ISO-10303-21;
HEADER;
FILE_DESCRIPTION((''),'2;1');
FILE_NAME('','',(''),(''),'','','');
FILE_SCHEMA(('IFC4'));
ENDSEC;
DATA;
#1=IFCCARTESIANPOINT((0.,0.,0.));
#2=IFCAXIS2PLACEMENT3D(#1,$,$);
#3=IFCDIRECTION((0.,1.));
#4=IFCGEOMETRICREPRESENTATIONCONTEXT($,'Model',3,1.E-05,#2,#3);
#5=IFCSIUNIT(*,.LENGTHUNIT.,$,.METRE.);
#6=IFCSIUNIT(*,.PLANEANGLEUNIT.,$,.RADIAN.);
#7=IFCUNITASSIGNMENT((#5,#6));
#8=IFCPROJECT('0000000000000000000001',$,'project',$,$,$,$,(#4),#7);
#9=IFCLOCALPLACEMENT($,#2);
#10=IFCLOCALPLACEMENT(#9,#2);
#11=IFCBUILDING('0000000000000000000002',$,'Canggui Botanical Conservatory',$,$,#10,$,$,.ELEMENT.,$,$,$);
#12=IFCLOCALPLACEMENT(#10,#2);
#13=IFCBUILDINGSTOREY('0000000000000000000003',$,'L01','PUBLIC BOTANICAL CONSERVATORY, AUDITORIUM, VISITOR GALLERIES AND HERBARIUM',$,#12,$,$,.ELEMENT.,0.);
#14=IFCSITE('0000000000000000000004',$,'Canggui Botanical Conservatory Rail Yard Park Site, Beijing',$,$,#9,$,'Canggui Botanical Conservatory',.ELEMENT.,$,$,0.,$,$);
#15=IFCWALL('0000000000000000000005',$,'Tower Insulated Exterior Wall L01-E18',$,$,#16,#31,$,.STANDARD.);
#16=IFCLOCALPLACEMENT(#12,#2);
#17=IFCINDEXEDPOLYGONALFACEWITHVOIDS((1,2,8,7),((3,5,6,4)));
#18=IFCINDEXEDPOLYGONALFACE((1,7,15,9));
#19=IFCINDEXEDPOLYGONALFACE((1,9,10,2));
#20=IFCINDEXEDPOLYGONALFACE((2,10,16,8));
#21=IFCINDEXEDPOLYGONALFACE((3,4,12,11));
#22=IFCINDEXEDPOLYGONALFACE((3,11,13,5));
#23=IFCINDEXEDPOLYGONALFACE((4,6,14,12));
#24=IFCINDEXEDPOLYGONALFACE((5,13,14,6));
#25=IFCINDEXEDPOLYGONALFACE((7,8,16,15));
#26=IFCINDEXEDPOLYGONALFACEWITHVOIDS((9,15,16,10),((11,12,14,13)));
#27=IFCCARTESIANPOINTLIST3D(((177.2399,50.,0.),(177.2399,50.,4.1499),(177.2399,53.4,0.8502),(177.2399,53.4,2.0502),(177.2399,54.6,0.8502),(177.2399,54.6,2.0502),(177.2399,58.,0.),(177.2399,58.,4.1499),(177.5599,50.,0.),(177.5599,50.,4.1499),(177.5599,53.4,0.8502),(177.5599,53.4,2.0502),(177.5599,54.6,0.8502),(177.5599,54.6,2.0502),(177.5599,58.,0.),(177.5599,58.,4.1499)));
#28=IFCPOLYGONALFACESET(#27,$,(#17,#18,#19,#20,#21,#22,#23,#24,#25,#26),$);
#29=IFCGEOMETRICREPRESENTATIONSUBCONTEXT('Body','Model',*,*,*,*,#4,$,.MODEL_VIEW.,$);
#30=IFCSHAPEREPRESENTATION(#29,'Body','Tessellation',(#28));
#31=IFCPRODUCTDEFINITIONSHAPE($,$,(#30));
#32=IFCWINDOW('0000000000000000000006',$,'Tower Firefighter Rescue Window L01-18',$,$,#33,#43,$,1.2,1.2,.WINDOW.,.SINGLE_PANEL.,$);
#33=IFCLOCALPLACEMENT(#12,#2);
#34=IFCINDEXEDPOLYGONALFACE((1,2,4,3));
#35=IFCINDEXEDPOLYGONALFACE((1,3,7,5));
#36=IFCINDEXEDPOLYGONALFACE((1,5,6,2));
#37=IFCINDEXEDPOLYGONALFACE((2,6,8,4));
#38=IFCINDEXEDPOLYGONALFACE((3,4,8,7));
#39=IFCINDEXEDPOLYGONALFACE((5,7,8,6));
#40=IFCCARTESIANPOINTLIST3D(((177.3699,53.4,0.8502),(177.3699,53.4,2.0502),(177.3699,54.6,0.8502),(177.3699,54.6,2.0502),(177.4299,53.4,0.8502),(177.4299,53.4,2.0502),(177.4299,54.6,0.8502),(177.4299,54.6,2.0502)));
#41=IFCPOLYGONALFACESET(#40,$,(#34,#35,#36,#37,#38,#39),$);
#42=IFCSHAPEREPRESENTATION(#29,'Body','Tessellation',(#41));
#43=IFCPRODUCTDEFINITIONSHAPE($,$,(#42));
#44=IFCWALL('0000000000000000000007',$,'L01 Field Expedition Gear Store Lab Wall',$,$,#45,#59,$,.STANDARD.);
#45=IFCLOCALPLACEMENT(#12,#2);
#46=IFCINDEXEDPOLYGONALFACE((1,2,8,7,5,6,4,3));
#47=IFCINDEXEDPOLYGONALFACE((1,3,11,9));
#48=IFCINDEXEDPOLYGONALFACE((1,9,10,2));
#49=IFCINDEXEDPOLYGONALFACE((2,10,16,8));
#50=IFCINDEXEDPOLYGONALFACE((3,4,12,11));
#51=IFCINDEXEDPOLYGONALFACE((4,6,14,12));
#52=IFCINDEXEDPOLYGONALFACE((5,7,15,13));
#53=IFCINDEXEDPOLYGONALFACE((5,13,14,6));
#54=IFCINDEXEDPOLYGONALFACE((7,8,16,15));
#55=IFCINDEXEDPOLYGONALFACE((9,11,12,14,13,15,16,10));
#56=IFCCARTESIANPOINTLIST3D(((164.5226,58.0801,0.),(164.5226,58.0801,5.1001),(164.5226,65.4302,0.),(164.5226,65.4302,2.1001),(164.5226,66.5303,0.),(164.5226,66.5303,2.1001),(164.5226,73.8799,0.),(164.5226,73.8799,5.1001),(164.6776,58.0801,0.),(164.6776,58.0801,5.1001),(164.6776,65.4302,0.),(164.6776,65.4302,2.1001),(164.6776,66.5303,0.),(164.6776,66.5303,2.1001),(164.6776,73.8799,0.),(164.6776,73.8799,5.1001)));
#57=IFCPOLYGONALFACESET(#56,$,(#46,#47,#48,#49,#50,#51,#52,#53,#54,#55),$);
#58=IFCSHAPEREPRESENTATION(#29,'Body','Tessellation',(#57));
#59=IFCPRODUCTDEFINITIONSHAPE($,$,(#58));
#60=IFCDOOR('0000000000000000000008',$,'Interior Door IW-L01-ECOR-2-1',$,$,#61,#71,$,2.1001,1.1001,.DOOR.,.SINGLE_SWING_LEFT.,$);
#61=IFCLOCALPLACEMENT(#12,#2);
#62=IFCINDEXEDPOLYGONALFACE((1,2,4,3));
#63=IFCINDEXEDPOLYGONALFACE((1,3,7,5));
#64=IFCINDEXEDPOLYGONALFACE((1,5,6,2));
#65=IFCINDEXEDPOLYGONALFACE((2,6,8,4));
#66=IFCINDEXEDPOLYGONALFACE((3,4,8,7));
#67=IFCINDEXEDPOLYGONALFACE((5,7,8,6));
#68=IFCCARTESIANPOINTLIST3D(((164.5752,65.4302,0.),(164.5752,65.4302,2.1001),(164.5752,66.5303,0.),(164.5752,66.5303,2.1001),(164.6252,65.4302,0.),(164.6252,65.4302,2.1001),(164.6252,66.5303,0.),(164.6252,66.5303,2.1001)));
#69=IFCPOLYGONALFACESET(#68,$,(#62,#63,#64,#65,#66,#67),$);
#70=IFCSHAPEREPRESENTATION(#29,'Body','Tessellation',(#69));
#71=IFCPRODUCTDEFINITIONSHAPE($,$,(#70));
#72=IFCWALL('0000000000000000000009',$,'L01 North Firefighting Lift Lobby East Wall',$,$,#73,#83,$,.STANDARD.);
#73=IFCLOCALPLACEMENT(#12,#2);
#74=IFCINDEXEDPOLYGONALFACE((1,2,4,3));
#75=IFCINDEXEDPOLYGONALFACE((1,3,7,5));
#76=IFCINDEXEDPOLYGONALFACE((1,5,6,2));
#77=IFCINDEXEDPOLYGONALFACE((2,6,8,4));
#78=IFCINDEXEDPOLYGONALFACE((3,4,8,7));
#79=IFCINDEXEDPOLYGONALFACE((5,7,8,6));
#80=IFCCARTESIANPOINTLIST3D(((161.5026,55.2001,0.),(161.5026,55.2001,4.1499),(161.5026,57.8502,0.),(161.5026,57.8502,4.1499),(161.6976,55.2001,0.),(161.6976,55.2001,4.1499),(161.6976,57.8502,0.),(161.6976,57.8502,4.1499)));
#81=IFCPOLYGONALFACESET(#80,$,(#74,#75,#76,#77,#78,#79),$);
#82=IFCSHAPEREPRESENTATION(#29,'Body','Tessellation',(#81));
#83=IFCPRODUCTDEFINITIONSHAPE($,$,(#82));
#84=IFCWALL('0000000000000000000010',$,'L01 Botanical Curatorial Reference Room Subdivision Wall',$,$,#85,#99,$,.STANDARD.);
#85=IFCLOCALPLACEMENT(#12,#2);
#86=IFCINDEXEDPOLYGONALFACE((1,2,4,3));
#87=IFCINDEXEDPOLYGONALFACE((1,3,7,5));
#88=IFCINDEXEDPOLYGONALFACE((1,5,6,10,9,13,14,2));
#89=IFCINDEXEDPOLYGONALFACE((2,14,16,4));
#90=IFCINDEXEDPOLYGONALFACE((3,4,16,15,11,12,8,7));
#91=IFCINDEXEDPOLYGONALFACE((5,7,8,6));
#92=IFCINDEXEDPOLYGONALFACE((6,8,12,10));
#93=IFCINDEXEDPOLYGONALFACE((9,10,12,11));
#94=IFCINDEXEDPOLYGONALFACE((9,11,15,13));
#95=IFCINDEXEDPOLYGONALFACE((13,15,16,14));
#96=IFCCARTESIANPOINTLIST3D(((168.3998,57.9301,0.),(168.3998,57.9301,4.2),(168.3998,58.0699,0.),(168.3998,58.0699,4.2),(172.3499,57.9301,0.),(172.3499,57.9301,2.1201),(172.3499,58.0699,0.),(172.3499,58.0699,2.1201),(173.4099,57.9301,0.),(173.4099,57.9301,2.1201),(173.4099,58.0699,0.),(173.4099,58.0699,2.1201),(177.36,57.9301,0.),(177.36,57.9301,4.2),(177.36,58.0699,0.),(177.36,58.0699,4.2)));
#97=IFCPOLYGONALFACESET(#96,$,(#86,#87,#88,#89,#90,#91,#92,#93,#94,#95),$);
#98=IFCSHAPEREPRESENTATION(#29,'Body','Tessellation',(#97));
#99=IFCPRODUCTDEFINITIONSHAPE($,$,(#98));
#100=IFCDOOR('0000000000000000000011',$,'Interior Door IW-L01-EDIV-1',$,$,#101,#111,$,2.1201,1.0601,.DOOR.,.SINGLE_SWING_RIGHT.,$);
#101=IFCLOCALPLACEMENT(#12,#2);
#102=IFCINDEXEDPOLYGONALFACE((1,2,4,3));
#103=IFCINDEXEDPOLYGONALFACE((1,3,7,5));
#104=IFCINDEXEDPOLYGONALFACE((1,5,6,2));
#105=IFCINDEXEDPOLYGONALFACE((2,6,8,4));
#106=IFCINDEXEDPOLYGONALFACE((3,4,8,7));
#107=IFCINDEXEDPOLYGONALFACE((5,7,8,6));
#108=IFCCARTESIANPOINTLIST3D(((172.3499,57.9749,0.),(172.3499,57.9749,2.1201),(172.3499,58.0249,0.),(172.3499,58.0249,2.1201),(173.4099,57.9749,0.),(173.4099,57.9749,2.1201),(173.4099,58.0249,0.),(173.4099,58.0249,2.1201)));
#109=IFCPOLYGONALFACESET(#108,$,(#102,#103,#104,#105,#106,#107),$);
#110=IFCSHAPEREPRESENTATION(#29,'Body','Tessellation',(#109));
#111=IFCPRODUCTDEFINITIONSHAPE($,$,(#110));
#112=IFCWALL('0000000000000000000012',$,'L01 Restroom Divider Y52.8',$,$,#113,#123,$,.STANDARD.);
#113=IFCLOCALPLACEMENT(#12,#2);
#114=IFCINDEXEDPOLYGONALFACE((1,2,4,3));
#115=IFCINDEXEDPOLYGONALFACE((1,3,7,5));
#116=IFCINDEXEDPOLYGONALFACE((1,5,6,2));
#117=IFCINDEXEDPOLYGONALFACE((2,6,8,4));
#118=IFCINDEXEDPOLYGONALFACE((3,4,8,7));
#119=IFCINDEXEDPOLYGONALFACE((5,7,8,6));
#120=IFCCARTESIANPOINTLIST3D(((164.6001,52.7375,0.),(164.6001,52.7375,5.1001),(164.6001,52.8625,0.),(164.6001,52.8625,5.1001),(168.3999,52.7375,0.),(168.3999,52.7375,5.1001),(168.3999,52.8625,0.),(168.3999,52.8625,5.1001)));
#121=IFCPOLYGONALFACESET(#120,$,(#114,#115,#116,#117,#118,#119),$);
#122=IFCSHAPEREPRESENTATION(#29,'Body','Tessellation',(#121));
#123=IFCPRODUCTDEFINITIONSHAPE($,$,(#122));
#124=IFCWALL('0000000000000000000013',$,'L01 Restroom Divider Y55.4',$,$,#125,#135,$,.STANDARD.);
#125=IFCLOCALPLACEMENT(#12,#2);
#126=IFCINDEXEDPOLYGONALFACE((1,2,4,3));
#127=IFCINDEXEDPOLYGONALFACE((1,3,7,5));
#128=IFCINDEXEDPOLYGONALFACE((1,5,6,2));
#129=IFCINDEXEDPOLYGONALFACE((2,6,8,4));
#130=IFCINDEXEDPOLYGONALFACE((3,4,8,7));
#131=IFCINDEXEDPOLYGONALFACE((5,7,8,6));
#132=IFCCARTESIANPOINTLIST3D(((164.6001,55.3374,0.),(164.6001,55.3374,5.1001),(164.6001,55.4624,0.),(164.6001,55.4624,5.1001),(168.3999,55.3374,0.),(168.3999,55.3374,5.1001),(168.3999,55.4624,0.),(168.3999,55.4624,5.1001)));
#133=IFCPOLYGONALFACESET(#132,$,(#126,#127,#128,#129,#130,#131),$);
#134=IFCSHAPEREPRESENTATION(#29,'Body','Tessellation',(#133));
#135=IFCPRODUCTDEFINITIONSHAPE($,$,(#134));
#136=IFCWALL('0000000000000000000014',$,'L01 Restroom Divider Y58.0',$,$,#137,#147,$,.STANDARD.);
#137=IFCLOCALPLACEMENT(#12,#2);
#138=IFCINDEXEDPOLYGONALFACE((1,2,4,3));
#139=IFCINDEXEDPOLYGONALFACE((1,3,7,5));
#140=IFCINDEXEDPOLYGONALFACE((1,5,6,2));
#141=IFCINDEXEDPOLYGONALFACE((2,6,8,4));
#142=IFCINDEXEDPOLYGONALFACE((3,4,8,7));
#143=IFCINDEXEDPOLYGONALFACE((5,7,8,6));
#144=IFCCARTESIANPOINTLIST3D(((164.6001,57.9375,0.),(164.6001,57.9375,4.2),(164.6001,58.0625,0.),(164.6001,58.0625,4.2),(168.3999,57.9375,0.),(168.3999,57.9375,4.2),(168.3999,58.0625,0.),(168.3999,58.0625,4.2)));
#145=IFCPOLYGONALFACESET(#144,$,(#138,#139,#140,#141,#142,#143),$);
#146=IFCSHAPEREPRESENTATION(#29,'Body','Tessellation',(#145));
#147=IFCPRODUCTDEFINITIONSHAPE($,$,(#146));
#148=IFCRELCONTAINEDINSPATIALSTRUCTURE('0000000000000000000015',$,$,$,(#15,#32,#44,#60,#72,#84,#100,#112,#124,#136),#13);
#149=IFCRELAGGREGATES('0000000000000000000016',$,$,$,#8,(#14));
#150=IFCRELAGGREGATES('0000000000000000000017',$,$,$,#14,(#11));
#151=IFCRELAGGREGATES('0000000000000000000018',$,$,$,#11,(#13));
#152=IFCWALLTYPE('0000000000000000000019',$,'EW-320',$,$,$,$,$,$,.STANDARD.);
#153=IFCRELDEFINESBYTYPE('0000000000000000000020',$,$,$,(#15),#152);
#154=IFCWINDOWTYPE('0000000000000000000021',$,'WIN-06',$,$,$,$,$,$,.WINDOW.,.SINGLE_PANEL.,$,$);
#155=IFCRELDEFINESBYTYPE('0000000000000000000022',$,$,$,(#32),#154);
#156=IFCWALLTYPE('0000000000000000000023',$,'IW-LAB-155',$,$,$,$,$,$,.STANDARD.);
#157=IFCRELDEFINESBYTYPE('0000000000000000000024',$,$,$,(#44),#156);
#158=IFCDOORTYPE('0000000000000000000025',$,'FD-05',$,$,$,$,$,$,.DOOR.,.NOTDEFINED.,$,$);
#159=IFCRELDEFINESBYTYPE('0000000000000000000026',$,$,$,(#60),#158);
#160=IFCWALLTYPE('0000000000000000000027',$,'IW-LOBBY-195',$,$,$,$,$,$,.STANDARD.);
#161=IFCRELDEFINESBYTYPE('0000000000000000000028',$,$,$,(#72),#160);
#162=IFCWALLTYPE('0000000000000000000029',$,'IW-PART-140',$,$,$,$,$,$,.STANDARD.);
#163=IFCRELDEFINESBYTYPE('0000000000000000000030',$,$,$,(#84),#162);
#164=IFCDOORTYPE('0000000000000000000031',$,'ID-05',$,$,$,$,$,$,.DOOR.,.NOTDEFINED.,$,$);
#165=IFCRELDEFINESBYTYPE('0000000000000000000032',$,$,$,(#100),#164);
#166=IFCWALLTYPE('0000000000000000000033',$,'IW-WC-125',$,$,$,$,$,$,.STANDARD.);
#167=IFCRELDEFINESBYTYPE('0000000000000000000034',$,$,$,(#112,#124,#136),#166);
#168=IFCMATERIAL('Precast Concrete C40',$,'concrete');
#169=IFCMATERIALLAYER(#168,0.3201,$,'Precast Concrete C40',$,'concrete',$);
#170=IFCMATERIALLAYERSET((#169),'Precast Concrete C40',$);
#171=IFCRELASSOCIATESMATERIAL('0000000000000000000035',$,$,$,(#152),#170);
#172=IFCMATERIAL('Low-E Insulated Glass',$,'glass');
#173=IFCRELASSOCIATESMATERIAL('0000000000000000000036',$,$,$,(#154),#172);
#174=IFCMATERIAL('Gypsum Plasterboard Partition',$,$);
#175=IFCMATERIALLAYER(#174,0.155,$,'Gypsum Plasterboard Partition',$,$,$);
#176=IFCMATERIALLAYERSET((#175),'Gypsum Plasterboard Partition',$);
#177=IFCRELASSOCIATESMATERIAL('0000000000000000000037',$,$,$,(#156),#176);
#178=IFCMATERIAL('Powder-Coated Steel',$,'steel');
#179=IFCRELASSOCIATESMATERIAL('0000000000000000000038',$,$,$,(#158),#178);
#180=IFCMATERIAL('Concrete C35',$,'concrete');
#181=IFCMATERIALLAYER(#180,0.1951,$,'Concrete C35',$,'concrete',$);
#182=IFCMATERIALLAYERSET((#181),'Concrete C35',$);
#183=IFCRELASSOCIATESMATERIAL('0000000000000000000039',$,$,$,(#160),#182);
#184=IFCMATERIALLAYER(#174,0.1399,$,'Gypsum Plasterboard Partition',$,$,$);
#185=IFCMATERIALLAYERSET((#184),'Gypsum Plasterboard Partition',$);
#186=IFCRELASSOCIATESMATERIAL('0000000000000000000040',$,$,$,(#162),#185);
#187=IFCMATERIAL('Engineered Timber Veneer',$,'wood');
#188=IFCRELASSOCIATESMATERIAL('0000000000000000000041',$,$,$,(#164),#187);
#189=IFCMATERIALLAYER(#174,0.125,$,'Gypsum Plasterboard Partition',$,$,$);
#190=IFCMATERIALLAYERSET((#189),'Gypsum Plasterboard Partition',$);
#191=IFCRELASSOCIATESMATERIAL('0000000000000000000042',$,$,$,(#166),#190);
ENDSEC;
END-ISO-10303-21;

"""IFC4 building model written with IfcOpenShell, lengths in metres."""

from ifc_helpers import new_model, si_unit, direction, frame, frame_2d, origin, place, context, subcontext, project, spatial, rectangle, extrude, material, layer, layer_set, type_object, element, fill, save


model = new_model("IFC4")

# Units and contexts
model_context = context("Model", 3, precision=1e-05, world=origin(), true_north=direction((0.0, 1.0)))
body_context = subcontext(model_context, "Body", "Model", "MODEL_VIEW")
ifc_project = project(units=[si_unit("LENGTHUNIT", "METRE"), si_unit("PLANEANGLEUNIT", "RADIAN")], contexts=[model_context])

# Site, building, storey
site_placement = place(None, origin())
site = spatial("IfcSite", under=ifc_project, at=site_placement, Name="Canggui Botanical Conservatory Rail Yard Park Site, Beijing", LongName="Canggui Botanical Conservatory", CompositionType="ELEMENT", RefElevation=0.0)
building_placement = place(site_placement, origin())
building = spatial("IfcBuilding", under=site, at=building_placement, Name="Canggui Botanical Conservatory", CompositionType="ELEMENT")
storey_placement = place(building_placement, origin())
storey = spatial("IfcBuildingStorey", under=building, at=storey_placement, Name="L01", Description="PUBLIC BOTANICAL CONSERVATORY, AUDITORIUM, VISITOR GALLERIES AND HERBARIUM", CompositionType="ELEMENT", Elevation=0.0)

# Shared definitions
ifc_material_1 = material(Name="Concrete C35", Category="concrete")

# Wall, opening, window
ifc_material_2 = material(Name="Precast Concrete C40", Category="concrete")
ifc_layer_1 = layer(ifc_material_2, 0.3201, Name="Precast Concrete C40", Category="concrete")
ifc_layer_set_1 = layer_set([ifc_layer_1], Name="Precast Concrete C40")
wall_type_1 = type_object("IfcWallType", Name="EW-320", PredefinedType="STANDARD", material=ifc_layer_set_1)
wall_1_placement = place(storey_placement, frame((177.3999, 58.0, 0.0), z_axis=(0.0, 0.0, 1.0), x_axis=(0.0, -1.0, 0.0)))
wall_1 = element("IfcWall", 1, at=wall_1_placement, inside=storey, type_object=wall_type_1, Name="Tower Insulated Exterior Wall L01-E18", PredefinedType="STANDARD", context=body_context, shape_type="SweptSolid", body=[
    extrude(rectangle(XDim=8.0, YDim=0.3201, at=frame_2d((4.0, 0.0))), origin(), (0.0, 0.0, 1.0), 4.1499),
])
opening_1_placement = place(wall_1_placement, frame((3.3999, 0.0, 0.8501)))
opening_1 = element("IfcOpeningElement", 2, at=opening_1_placement, cuts=wall_1, PredefinedType="OPENING", context=body_context, shape_type="SweptSolid", body=[
    extrude(rectangle(XDim=1.2, YDim=1.2, at=frame_2d((0.6001, 0.6001))), frame((0.0, 0.1699, 0.0), z_axis=(0.0, -1.0, 0.0), x_axis=(1.0, 0.0, 0.0)), (0.0, 0.0, 1.0), 0.3401),
])
ifc_material_3 = material(Name="Low-E Insulated Glass", Category="glass")
window_type = type_object("IfcWindowType", Name="WIN-06", PartitioningType="SINGLE_PANEL", PredefinedType="WINDOW", material=ifc_material_3)
window_placement = place(opening_1_placement, origin())
window = element("IfcWindow", 3, at=window_placement, inside=storey, type_object=window_type, Name="Tower Firefighter Rescue Window L01-18", OverallHeight=1.2, OverallWidth=1.2, PartitioningType="SINGLE_PANEL", PredefinedType="WINDOW", context=body_context, shape_type="SweptSolid", body=[
    extrude(rectangle(XDim=1.2, YDim=1.2, at=frame_2d((0.6001, 0.6001))), frame((0.0, 0.03, 0.0), z_axis=(0.0, -1.0, 0.0), x_axis=(1.0, 0.0, 0.0)), (0.0, 0.0, 1.0), 0.0601),
])
fill(opening_1, window)

# Wall, opening, door
ifc_material_4 = material(Name="Gypsum Plasterboard Partition")
ifc_layer_2 = layer(ifc_material_4, 0.155, Name="Gypsum Plasterboard Partition")
ifc_layer_set_2 = layer_set([ifc_layer_2], Name="Gypsum Plasterboard Partition")
wall_type_2 = type_object("IfcWallType", Name="IW-LAB-155", PredefinedType="STANDARD", material=ifc_layer_set_2)
wall_2_placement = place(storey_placement, frame((164.6001, 58.0801, 0.0), z_axis=(0.0, 0.0, 1.0), x_axis=(0.0, 1.0, 0.0)))
wall_2 = element("IfcWall", 4, at=wall_2_placement, inside=storey, type_object=wall_type_2, Name="L01 Field Expedition Gear Store Lab Wall", PredefinedType="STANDARD", context=body_context, shape_type="SweptSolid", body=[
    extrude(rectangle(XDim=15.7998, YDim=0.155, at=frame_2d((7.8999, 0.0))), origin(), (0.0, 0.0, 1.0), 5.1001),
])
opening_2_placement = place(wall_2_placement, frame((7.3501, 0.0, 0.0)))
opening_2 = element("IfcOpeningElement", 5, at=opening_2_placement, cuts=wall_2, PredefinedType="OPENING", context=body_context, shape_type="SweptSolid", body=[
    extrude(rectangle(XDim=1.1001, YDim=2.1001, at=frame_2d((0.55, 1.05))), frame((0.0, 0.0874, 0.0), z_axis=(0.0, -1.0, 0.0), x_axis=(1.0, 0.0, 0.0)), (0.0, 0.0, 1.0), 0.175),
])
ifc_material_5 = material(Name="Powder-Coated Steel", Category="steel")
door_type_1 = type_object("IfcDoorType", Name="FD-05", OperationType="NOTDEFINED", PredefinedType="DOOR", material=ifc_material_5)
door_1_placement = place(opening_2_placement, origin())
door_1 = element("IfcDoor", 6, at=door_1_placement, inside=storey, type_object=door_type_1, Name="Interior Door IW-L01-ECOR-2-1", OperationType="SINGLE_SWING_LEFT", OverallHeight=2.1001, OverallWidth=1.1001, PredefinedType="DOOR", context=body_context, shape_type="SweptSolid", body=[
    extrude(rectangle(XDim=1.1001, YDim=2.1001, at=frame_2d((0.55, 1.05))), frame((0.0, 0.0249, 0.0), z_axis=(0.0, -1.0, 0.0), x_axis=(1.0, 0.0, 0.0)), (0.0, 0.0, 1.0), 0.05),
])
fill(opening_2, door_1)

# Wall
ifc_layer_3 = layer(ifc_material_1, 0.1951, Name="Concrete C35", Category="concrete")
ifc_layer_set_3 = layer_set([ifc_layer_3], Name="Concrete C35")
wall_type_3 = type_object("IfcWallType", Name="IW-LOBBY-195", PredefinedType="STANDARD", material=ifc_layer_set_3)
wall_3_placement = place(storey_placement, frame((161.6001, 55.2, 0.0), z_axis=(0.0, 0.0, 1.0), x_axis=(0.0, 1.0, 0.0)))
element("IfcWall", 7, at=wall_3_placement, inside=storey, type_object=wall_type_3, Name="L01 North Firefighting Lift Lobby East Wall", PredefinedType="STANDARD", context=body_context, shape_type="SweptSolid", body=[
    extrude(rectangle(XDim=2.6501, YDim=0.1951, at=frame_2d((1.3252, 0.0))), origin(), (0.0, 0.0, 1.0), 4.1499),
])

# Wall, opening, door
ifc_layer_4 = layer(ifc_material_4, 0.1399, Name="Gypsum Plasterboard Partition")
ifc_layer_set_4 = layer_set([ifc_layer_4], Name="Gypsum Plasterboard Partition")
wall_type_4 = type_object("IfcWallType", Name="IW-PART-140", PredefinedType="STANDARD", material=ifc_layer_set_4)
wall_4_placement = place(storey_placement, frame((168.3999, 58.0, 0.0), z_axis=(0.0, 0.0, 1.0), x_axis=(1.0, 0.0, 0.0)))
wall_4 = element("IfcWall", 8, at=wall_4_placement, inside=storey, type_object=wall_type_4, Name="L01 Botanical Curatorial Reference Room Subdivision Wall", PredefinedType="STANDARD", context=body_context, shape_type="SweptSolid", body=[
    extrude(rectangle(XDim=8.9602, YDim=0.1399, at=frame_2d((4.48, 0.0))), origin(), (0.0, 0.0, 1.0), 4.2),
])
opening_3_placement = place(wall_4_placement, frame((3.95, 0.0, 0.0)))
opening_3 = element("IfcOpeningElement", 9, at=opening_3_placement, cuts=wall_4, PredefinedType="OPENING", context=body_context, shape_type="SweptSolid", body=[
    extrude(rectangle(XDim=1.0601, YDim=2.1201, at=frame_2d((0.53, 1.0601))), frame((0.0, 0.0801, 0.0), z_axis=(0.0, -1.0, 0.0), x_axis=(1.0, 0.0, 0.0)), (0.0, 0.0, 1.0), 0.1599),
])
ifc_material_6 = material(Name="Engineered Timber Veneer", Category="wood")
door_type_2 = type_object("IfcDoorType", Name="ID-05", OperationType="NOTDEFINED", PredefinedType="DOOR", material=ifc_material_6)
door_2_placement = place(opening_3_placement, origin())
door_2 = element("IfcDoor", 10, at=door_2_placement, inside=storey, type_object=door_type_2, Name="Interior Door IW-L01-EDIV-1", OperationType="SINGLE_SWING_RIGHT", OverallHeight=2.1201, OverallWidth=1.0601, PredefinedType="DOOR", context=body_context, shape_type="SweptSolid", body=[
    extrude(rectangle(XDim=1.0601, YDim=2.1201, at=frame_2d((0.53, 1.0601))), frame((0.0, 0.0249, 0.0), z_axis=(0.0, -1.0, 0.0), x_axis=(1.0, 0.0, 0.0)), (0.0, 0.0, 1.0), 0.05),
])
fill(opening_3, door_2)

# Walls
ifc_layer_5 = layer(ifc_material_4, 0.125, Name="Gypsum Plasterboard Partition")
ifc_layer_set_5 = layer_set([ifc_layer_5], Name="Gypsum Plasterboard Partition")
wall_type_5 = type_object("IfcWallType", Name="IW-WC-125", PredefinedType="STANDARD", material=ifc_layer_set_5)
for number, where, z_axis, x_axis, name in (
    (11, (164.6001, 52.8, 0.0), (0.0, 0.0, 1.0), (1.0, 0.0, 0.0), "L01 Restroom Divider Y52.8"),
    (12, (164.6001, 55.3999, 0.0), (0.0, 0.0, 1.0), (1.0, 0.0, 0.0), "L01 Restroom Divider Y55.4"),
):
    element("IfcWall", number, at=place(storey_placement, frame(where, z_axis=z_axis, x_axis=x_axis)), inside=storey, type_object=wall_type_5, Name=name, PredefinedType="STANDARD", context=body_context, shape_type="SweptSolid", body=[
        extrude(rectangle(XDim=3.7998, YDim=0.125, at=frame_2d((1.8999, 0.0))), origin(), (0.0, 0.0, 1.0), 5.1001),
    ])
wall_5_placement = place(storey_placement, frame((164.6001, 58.0, 0.0), z_axis=(0.0, 0.0, 1.0), x_axis=(1.0, 0.0, 0.0)))
element("IfcWall", 13, at=wall_5_placement, inside=storey, type_object=wall_type_5, Name="L01 Restroom Divider Y58.0", PredefinedType="STANDARD", context=body_context, shape_type="SweptSolid", body=[
    extrude(rectangle(XDim=3.7998, YDim=0.125, at=frame_2d((1.8999, 0.0))), origin(), (0.0, 0.0, 1.0), 4.2),
])

save(model, "model.ifc")
